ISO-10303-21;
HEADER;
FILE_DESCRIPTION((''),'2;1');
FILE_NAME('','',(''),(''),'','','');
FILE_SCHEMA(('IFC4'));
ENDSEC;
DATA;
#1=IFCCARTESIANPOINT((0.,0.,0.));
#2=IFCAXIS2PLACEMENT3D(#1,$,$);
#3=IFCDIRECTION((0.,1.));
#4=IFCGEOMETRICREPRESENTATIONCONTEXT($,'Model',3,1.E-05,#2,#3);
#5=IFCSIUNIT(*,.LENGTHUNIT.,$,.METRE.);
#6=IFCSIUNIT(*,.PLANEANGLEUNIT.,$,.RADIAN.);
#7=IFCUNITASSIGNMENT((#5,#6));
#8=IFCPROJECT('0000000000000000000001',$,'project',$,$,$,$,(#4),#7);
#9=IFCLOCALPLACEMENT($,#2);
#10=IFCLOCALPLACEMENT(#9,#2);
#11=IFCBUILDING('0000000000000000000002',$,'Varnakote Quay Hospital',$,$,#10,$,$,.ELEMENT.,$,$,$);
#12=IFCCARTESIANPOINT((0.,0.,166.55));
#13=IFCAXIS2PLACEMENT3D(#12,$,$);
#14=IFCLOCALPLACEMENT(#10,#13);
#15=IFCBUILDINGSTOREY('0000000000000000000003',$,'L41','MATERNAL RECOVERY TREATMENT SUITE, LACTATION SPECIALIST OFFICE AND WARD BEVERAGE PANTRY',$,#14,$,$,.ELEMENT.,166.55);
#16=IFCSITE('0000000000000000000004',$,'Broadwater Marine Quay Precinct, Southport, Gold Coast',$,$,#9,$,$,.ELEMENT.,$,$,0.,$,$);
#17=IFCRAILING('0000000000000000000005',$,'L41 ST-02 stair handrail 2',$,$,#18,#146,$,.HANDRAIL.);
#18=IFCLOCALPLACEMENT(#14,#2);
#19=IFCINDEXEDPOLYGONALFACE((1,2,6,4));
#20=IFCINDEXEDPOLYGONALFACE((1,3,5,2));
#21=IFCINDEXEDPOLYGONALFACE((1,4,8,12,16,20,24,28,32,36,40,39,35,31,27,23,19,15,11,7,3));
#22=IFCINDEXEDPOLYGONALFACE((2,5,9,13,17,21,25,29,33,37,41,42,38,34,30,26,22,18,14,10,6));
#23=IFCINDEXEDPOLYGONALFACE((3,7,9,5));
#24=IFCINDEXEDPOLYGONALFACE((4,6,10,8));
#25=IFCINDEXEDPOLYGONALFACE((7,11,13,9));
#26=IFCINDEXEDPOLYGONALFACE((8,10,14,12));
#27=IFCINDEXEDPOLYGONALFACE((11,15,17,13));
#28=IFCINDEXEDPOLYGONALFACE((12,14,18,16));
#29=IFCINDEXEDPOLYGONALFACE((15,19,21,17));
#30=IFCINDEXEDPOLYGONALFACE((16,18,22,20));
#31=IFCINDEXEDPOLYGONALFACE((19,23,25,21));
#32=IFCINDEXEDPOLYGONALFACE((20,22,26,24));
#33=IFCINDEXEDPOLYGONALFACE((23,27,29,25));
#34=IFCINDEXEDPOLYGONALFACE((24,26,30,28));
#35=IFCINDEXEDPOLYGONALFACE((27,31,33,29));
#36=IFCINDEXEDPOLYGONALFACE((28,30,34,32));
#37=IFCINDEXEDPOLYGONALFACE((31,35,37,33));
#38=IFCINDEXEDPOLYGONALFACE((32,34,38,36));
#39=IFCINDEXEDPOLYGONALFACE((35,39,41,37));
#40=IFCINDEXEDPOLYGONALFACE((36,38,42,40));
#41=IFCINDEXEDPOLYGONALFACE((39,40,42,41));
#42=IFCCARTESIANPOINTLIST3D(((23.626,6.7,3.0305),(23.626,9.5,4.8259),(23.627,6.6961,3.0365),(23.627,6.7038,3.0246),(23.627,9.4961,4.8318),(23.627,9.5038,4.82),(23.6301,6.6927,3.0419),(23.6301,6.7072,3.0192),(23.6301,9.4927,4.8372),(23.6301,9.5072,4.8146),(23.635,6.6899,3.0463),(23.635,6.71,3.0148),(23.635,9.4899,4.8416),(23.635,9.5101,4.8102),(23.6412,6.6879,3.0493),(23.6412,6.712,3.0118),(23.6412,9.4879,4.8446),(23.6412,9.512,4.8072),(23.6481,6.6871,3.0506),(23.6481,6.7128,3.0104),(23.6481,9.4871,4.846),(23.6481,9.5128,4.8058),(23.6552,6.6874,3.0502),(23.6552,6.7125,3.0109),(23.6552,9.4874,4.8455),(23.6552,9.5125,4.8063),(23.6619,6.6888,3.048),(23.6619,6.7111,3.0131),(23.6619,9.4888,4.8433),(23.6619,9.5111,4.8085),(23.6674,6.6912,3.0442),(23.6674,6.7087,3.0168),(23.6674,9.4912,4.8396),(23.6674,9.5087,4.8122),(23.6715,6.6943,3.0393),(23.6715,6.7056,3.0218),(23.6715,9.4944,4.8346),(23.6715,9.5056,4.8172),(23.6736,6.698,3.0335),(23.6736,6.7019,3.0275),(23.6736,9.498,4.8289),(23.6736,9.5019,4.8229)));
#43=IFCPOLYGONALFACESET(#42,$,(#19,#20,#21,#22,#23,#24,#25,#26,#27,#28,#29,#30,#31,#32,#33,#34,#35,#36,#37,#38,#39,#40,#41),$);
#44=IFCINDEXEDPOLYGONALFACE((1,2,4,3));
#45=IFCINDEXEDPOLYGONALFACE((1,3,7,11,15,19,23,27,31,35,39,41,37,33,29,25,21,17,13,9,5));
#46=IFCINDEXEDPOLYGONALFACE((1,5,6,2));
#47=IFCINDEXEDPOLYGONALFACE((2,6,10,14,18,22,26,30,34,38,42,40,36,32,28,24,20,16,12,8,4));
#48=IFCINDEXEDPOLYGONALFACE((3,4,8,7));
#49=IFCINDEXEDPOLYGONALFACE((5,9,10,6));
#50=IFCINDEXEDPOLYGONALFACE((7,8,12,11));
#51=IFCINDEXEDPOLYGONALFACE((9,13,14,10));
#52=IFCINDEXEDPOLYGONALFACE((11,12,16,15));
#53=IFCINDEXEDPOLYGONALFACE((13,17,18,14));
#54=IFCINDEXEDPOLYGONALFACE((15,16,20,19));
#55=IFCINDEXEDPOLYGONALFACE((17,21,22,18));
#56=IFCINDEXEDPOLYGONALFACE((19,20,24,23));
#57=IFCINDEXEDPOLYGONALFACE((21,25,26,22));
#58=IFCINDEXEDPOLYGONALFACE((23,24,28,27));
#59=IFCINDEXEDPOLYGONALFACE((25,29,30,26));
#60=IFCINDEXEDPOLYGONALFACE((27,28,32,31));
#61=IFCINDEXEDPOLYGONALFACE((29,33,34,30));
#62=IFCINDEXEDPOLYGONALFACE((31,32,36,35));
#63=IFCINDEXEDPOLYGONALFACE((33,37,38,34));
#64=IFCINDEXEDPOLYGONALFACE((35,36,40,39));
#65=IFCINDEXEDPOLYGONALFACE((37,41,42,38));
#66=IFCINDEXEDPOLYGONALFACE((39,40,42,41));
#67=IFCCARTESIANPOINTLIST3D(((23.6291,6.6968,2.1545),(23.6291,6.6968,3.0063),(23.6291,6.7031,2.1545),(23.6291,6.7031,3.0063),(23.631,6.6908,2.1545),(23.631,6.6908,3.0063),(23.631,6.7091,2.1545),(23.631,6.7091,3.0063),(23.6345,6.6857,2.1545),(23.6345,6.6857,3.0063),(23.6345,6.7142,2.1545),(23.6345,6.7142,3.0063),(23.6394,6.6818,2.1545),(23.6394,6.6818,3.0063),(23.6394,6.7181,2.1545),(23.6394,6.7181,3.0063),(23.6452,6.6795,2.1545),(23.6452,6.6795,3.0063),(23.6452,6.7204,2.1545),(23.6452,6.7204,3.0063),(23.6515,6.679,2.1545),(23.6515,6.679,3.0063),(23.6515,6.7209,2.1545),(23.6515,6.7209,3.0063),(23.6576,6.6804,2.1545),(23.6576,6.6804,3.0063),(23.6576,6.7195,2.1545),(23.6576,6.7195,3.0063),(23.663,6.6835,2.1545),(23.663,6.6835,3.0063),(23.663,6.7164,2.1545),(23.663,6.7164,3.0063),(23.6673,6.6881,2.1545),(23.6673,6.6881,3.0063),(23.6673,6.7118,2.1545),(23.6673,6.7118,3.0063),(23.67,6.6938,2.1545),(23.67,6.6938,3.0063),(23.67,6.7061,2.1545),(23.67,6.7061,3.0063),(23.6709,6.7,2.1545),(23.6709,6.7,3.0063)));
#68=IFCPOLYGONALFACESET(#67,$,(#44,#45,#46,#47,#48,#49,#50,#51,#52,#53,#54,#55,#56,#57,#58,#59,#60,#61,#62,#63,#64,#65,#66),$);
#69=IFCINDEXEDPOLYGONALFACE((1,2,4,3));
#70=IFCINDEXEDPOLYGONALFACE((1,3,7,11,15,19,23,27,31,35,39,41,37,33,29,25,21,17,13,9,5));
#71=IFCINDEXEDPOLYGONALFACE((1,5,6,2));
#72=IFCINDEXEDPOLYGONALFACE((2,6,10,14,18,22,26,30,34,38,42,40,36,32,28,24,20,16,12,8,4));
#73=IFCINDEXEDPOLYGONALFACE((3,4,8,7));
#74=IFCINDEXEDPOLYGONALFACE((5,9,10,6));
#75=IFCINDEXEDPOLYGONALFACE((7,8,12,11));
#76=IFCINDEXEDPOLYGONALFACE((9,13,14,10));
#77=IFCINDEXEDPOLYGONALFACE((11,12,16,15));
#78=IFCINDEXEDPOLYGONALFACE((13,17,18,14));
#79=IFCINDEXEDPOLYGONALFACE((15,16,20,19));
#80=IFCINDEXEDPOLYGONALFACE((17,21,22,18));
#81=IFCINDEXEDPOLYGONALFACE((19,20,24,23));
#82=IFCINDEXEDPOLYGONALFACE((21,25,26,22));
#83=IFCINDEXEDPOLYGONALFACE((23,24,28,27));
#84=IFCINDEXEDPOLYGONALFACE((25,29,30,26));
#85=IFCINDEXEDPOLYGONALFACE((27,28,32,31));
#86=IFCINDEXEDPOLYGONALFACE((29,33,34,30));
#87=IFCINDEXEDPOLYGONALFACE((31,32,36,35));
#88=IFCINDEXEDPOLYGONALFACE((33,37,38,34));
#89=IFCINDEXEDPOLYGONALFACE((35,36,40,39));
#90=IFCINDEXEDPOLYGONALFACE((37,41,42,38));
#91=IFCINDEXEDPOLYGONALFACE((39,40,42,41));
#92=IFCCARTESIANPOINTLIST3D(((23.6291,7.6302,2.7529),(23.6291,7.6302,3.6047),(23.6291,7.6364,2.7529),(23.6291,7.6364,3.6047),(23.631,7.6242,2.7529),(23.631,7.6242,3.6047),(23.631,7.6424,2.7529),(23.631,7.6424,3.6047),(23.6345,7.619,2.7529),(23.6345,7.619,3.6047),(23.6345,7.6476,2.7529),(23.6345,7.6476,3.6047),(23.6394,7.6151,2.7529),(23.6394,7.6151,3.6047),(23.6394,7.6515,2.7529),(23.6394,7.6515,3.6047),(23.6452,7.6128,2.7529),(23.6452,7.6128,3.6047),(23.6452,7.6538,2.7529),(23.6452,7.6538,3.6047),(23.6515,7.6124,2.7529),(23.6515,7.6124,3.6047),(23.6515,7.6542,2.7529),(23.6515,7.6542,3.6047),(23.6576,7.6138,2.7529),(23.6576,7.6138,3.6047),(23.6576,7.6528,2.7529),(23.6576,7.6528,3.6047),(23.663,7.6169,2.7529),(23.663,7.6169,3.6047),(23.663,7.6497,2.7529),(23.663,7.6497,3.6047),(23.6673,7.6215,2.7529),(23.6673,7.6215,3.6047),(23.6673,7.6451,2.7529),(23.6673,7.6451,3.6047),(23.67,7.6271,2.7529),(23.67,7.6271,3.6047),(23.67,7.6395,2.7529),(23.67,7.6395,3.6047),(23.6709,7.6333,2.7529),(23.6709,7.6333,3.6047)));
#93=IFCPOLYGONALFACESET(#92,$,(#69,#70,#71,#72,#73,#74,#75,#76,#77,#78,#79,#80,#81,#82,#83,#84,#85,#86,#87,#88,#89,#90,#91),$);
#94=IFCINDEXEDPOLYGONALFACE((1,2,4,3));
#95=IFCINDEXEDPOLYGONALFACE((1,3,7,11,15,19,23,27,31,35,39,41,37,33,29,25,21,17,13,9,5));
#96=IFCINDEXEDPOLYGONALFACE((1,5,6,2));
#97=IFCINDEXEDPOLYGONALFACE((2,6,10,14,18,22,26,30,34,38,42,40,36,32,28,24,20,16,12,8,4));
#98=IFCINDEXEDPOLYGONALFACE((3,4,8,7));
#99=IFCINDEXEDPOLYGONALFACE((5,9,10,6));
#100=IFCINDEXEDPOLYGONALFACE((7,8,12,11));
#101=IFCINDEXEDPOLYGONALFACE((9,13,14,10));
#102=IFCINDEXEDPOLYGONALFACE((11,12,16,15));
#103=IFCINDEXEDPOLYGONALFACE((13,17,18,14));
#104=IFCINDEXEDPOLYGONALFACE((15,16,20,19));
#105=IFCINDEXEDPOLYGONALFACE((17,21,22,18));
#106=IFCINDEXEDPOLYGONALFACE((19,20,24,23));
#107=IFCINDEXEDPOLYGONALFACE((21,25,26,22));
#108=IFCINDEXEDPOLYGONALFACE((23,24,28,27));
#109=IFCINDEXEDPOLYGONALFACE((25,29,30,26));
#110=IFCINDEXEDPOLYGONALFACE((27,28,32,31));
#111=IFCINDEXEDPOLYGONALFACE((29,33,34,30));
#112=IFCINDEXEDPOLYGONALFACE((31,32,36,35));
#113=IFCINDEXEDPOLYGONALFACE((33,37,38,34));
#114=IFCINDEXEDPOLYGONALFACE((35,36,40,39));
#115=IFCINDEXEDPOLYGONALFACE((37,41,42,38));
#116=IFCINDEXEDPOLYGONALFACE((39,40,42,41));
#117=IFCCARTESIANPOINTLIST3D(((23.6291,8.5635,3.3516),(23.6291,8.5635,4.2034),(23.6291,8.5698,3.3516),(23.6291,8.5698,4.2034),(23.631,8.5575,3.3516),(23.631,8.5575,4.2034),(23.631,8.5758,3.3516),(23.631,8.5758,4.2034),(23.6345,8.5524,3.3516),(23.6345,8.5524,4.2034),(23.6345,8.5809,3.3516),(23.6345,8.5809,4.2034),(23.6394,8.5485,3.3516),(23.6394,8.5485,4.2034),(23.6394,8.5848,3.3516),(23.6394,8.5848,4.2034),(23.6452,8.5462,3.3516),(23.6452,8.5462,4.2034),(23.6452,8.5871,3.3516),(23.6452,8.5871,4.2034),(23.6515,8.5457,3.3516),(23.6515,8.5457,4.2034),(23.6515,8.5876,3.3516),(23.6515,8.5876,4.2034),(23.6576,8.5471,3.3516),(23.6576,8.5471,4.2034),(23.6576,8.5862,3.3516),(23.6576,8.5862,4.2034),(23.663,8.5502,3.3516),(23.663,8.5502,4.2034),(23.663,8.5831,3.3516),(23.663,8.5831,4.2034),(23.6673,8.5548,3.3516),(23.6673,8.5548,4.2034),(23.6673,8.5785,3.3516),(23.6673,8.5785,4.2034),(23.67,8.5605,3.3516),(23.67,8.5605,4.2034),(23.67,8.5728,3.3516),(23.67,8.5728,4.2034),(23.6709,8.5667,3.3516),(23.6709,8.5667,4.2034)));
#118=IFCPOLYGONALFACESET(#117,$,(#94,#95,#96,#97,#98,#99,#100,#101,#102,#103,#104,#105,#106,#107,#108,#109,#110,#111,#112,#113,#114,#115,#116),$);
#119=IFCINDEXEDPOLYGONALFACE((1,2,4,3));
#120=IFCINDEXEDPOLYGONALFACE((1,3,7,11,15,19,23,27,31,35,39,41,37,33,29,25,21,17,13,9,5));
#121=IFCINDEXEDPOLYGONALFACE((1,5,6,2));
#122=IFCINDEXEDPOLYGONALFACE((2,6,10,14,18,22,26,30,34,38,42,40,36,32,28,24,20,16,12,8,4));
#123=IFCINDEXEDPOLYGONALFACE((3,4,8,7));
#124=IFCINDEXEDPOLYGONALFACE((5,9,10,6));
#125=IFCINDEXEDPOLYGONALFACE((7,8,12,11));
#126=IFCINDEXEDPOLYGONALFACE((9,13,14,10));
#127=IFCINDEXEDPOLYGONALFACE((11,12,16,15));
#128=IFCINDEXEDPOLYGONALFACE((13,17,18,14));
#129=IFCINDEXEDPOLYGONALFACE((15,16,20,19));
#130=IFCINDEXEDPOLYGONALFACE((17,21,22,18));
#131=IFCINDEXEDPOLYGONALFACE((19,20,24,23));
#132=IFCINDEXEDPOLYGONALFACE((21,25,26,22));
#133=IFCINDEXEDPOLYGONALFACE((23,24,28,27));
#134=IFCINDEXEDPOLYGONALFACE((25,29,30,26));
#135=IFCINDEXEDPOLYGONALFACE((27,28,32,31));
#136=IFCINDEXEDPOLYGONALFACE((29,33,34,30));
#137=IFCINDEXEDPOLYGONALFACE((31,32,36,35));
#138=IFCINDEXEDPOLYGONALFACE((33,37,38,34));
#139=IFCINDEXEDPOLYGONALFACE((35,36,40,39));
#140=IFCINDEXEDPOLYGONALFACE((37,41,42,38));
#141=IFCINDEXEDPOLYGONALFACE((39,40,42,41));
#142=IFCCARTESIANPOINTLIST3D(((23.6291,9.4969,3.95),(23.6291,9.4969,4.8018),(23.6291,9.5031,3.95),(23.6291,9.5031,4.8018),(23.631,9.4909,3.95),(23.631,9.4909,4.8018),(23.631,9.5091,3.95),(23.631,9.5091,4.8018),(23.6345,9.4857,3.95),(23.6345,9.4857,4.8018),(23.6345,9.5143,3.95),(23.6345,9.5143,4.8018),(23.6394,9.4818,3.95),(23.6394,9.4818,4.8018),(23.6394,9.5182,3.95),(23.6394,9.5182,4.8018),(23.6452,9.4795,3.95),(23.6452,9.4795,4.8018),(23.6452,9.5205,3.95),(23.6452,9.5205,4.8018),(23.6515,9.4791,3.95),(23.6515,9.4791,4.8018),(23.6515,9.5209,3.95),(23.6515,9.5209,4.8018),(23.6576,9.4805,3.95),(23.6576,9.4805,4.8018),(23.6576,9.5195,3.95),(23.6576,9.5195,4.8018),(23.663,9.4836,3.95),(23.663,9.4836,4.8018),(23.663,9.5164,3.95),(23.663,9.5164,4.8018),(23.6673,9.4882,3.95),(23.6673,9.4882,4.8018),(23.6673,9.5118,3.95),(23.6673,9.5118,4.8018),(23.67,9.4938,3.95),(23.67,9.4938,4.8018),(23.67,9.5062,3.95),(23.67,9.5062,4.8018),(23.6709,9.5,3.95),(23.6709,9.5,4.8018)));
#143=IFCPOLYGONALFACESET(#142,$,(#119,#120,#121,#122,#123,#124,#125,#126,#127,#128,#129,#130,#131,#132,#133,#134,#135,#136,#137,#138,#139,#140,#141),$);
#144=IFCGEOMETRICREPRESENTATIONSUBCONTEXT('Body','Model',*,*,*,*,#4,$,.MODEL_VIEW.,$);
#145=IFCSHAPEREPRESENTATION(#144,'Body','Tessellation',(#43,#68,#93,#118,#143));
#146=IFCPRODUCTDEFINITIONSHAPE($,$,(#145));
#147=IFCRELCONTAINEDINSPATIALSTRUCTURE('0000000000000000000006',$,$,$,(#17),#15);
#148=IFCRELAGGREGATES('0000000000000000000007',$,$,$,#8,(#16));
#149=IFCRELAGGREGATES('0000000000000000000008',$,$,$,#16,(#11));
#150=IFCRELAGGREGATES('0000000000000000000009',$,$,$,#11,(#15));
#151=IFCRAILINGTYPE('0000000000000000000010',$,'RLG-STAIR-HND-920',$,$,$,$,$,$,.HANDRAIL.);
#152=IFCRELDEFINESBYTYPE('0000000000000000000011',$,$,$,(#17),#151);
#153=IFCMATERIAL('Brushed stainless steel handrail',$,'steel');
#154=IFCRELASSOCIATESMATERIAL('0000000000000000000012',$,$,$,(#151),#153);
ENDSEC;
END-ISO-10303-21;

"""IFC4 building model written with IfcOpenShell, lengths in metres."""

from ifc_helpers import new_model, si_unit, direction, frame, origin, origin_2d, place, context, subcontext, project, spatial, circle, extrude, material, type_object, element, save


model = new_model("IFC4")

# Units and contexts
model_context = context("Model", 3, precision=1e-05, world=origin(), true_north=direction((0.0, 1.0)))
body_context = subcontext(model_context, "Body", "Model", "MODEL_VIEW")
ifc_project = project(units=[si_unit("LENGTHUNIT", "METRE"), si_unit("PLANEANGLEUNIT", "RADIAN")], contexts=[model_context])

# Site, building, storey
site_placement = place(None, origin())
site = spatial("IfcSite", under=ifc_project, at=site_placement, Name="Broadwater Marine Quay Precinct, Southport, Gold Coast", CompositionType="ELEMENT", RefElevation=0.0)
building_placement = place(site_placement, origin())
building = spatial("IfcBuilding", under=site, at=building_placement, Name="Varnakote Quay Hospital", CompositionType="ELEMENT")
storey_placement = place(building_placement, frame((0.0, 0.0, 166.55)))
storey = spatial("IfcBuildingStorey", under=building, at=storey_placement, Name="L41", Description="MATERNAL RECOVERY TREATMENT SUITE, LACTATION SPECIALIST OFFICE AND WARD BEVERAGE PANTRY", CompositionType="ELEMENT", Elevation=166.55)

# Railing
ifc_material_1 = material(Name="Brushed stainless steel handrail", Category="steel")
railing_type_1 = type_object("IfcRailingType", Name="RLG-STAIR-HND-920", PredefinedType="HANDRAIL", material=ifc_material_1)
railing_1_placement = place(storey_placement, frame((23.6499, 6.7, 2.1545)))
element("IfcRailing", 1, at=railing_1_placement, inside=storey, type_object=railing_type_1, Name="L41 ST-02 stair handrail 2", PredefinedType="HANDRAIL", context=body_context, shape_type="SweptSolid", body=[
    extrude(circle(Radius=0.0239, at=origin_2d()), frame((0.0, 0.0, 0.876), z_axis=(0.0, 0.84181, 0.539774), x_axis=(-1.0, 0.0, 0.0)), (0.0, 0.0, 1.0), 3.3262),
    extrude(circle(Radius=0.021, at=origin_2d()), origin(), (0.0, 0.0, 1.0), 0.8518),
    extrude(circle(Radius=0.021, at=origin_2d()), frame((0.0, 0.9333, 0.5984)), (0.0, 0.0, 1.0), 0.8518),
    extrude(circle(Radius=0.021, at=origin_2d()), frame((0.0, 1.8667, 1.197)), (0.0, 0.0, 1.0), 0.8518),
    extrude(circle(Radius=0.021, at=origin_2d()), frame((0.0, 2.8, 1.7954)), (0.0, 0.0, 1.0), 0.8518),
])

save(model, "model.ifc")
